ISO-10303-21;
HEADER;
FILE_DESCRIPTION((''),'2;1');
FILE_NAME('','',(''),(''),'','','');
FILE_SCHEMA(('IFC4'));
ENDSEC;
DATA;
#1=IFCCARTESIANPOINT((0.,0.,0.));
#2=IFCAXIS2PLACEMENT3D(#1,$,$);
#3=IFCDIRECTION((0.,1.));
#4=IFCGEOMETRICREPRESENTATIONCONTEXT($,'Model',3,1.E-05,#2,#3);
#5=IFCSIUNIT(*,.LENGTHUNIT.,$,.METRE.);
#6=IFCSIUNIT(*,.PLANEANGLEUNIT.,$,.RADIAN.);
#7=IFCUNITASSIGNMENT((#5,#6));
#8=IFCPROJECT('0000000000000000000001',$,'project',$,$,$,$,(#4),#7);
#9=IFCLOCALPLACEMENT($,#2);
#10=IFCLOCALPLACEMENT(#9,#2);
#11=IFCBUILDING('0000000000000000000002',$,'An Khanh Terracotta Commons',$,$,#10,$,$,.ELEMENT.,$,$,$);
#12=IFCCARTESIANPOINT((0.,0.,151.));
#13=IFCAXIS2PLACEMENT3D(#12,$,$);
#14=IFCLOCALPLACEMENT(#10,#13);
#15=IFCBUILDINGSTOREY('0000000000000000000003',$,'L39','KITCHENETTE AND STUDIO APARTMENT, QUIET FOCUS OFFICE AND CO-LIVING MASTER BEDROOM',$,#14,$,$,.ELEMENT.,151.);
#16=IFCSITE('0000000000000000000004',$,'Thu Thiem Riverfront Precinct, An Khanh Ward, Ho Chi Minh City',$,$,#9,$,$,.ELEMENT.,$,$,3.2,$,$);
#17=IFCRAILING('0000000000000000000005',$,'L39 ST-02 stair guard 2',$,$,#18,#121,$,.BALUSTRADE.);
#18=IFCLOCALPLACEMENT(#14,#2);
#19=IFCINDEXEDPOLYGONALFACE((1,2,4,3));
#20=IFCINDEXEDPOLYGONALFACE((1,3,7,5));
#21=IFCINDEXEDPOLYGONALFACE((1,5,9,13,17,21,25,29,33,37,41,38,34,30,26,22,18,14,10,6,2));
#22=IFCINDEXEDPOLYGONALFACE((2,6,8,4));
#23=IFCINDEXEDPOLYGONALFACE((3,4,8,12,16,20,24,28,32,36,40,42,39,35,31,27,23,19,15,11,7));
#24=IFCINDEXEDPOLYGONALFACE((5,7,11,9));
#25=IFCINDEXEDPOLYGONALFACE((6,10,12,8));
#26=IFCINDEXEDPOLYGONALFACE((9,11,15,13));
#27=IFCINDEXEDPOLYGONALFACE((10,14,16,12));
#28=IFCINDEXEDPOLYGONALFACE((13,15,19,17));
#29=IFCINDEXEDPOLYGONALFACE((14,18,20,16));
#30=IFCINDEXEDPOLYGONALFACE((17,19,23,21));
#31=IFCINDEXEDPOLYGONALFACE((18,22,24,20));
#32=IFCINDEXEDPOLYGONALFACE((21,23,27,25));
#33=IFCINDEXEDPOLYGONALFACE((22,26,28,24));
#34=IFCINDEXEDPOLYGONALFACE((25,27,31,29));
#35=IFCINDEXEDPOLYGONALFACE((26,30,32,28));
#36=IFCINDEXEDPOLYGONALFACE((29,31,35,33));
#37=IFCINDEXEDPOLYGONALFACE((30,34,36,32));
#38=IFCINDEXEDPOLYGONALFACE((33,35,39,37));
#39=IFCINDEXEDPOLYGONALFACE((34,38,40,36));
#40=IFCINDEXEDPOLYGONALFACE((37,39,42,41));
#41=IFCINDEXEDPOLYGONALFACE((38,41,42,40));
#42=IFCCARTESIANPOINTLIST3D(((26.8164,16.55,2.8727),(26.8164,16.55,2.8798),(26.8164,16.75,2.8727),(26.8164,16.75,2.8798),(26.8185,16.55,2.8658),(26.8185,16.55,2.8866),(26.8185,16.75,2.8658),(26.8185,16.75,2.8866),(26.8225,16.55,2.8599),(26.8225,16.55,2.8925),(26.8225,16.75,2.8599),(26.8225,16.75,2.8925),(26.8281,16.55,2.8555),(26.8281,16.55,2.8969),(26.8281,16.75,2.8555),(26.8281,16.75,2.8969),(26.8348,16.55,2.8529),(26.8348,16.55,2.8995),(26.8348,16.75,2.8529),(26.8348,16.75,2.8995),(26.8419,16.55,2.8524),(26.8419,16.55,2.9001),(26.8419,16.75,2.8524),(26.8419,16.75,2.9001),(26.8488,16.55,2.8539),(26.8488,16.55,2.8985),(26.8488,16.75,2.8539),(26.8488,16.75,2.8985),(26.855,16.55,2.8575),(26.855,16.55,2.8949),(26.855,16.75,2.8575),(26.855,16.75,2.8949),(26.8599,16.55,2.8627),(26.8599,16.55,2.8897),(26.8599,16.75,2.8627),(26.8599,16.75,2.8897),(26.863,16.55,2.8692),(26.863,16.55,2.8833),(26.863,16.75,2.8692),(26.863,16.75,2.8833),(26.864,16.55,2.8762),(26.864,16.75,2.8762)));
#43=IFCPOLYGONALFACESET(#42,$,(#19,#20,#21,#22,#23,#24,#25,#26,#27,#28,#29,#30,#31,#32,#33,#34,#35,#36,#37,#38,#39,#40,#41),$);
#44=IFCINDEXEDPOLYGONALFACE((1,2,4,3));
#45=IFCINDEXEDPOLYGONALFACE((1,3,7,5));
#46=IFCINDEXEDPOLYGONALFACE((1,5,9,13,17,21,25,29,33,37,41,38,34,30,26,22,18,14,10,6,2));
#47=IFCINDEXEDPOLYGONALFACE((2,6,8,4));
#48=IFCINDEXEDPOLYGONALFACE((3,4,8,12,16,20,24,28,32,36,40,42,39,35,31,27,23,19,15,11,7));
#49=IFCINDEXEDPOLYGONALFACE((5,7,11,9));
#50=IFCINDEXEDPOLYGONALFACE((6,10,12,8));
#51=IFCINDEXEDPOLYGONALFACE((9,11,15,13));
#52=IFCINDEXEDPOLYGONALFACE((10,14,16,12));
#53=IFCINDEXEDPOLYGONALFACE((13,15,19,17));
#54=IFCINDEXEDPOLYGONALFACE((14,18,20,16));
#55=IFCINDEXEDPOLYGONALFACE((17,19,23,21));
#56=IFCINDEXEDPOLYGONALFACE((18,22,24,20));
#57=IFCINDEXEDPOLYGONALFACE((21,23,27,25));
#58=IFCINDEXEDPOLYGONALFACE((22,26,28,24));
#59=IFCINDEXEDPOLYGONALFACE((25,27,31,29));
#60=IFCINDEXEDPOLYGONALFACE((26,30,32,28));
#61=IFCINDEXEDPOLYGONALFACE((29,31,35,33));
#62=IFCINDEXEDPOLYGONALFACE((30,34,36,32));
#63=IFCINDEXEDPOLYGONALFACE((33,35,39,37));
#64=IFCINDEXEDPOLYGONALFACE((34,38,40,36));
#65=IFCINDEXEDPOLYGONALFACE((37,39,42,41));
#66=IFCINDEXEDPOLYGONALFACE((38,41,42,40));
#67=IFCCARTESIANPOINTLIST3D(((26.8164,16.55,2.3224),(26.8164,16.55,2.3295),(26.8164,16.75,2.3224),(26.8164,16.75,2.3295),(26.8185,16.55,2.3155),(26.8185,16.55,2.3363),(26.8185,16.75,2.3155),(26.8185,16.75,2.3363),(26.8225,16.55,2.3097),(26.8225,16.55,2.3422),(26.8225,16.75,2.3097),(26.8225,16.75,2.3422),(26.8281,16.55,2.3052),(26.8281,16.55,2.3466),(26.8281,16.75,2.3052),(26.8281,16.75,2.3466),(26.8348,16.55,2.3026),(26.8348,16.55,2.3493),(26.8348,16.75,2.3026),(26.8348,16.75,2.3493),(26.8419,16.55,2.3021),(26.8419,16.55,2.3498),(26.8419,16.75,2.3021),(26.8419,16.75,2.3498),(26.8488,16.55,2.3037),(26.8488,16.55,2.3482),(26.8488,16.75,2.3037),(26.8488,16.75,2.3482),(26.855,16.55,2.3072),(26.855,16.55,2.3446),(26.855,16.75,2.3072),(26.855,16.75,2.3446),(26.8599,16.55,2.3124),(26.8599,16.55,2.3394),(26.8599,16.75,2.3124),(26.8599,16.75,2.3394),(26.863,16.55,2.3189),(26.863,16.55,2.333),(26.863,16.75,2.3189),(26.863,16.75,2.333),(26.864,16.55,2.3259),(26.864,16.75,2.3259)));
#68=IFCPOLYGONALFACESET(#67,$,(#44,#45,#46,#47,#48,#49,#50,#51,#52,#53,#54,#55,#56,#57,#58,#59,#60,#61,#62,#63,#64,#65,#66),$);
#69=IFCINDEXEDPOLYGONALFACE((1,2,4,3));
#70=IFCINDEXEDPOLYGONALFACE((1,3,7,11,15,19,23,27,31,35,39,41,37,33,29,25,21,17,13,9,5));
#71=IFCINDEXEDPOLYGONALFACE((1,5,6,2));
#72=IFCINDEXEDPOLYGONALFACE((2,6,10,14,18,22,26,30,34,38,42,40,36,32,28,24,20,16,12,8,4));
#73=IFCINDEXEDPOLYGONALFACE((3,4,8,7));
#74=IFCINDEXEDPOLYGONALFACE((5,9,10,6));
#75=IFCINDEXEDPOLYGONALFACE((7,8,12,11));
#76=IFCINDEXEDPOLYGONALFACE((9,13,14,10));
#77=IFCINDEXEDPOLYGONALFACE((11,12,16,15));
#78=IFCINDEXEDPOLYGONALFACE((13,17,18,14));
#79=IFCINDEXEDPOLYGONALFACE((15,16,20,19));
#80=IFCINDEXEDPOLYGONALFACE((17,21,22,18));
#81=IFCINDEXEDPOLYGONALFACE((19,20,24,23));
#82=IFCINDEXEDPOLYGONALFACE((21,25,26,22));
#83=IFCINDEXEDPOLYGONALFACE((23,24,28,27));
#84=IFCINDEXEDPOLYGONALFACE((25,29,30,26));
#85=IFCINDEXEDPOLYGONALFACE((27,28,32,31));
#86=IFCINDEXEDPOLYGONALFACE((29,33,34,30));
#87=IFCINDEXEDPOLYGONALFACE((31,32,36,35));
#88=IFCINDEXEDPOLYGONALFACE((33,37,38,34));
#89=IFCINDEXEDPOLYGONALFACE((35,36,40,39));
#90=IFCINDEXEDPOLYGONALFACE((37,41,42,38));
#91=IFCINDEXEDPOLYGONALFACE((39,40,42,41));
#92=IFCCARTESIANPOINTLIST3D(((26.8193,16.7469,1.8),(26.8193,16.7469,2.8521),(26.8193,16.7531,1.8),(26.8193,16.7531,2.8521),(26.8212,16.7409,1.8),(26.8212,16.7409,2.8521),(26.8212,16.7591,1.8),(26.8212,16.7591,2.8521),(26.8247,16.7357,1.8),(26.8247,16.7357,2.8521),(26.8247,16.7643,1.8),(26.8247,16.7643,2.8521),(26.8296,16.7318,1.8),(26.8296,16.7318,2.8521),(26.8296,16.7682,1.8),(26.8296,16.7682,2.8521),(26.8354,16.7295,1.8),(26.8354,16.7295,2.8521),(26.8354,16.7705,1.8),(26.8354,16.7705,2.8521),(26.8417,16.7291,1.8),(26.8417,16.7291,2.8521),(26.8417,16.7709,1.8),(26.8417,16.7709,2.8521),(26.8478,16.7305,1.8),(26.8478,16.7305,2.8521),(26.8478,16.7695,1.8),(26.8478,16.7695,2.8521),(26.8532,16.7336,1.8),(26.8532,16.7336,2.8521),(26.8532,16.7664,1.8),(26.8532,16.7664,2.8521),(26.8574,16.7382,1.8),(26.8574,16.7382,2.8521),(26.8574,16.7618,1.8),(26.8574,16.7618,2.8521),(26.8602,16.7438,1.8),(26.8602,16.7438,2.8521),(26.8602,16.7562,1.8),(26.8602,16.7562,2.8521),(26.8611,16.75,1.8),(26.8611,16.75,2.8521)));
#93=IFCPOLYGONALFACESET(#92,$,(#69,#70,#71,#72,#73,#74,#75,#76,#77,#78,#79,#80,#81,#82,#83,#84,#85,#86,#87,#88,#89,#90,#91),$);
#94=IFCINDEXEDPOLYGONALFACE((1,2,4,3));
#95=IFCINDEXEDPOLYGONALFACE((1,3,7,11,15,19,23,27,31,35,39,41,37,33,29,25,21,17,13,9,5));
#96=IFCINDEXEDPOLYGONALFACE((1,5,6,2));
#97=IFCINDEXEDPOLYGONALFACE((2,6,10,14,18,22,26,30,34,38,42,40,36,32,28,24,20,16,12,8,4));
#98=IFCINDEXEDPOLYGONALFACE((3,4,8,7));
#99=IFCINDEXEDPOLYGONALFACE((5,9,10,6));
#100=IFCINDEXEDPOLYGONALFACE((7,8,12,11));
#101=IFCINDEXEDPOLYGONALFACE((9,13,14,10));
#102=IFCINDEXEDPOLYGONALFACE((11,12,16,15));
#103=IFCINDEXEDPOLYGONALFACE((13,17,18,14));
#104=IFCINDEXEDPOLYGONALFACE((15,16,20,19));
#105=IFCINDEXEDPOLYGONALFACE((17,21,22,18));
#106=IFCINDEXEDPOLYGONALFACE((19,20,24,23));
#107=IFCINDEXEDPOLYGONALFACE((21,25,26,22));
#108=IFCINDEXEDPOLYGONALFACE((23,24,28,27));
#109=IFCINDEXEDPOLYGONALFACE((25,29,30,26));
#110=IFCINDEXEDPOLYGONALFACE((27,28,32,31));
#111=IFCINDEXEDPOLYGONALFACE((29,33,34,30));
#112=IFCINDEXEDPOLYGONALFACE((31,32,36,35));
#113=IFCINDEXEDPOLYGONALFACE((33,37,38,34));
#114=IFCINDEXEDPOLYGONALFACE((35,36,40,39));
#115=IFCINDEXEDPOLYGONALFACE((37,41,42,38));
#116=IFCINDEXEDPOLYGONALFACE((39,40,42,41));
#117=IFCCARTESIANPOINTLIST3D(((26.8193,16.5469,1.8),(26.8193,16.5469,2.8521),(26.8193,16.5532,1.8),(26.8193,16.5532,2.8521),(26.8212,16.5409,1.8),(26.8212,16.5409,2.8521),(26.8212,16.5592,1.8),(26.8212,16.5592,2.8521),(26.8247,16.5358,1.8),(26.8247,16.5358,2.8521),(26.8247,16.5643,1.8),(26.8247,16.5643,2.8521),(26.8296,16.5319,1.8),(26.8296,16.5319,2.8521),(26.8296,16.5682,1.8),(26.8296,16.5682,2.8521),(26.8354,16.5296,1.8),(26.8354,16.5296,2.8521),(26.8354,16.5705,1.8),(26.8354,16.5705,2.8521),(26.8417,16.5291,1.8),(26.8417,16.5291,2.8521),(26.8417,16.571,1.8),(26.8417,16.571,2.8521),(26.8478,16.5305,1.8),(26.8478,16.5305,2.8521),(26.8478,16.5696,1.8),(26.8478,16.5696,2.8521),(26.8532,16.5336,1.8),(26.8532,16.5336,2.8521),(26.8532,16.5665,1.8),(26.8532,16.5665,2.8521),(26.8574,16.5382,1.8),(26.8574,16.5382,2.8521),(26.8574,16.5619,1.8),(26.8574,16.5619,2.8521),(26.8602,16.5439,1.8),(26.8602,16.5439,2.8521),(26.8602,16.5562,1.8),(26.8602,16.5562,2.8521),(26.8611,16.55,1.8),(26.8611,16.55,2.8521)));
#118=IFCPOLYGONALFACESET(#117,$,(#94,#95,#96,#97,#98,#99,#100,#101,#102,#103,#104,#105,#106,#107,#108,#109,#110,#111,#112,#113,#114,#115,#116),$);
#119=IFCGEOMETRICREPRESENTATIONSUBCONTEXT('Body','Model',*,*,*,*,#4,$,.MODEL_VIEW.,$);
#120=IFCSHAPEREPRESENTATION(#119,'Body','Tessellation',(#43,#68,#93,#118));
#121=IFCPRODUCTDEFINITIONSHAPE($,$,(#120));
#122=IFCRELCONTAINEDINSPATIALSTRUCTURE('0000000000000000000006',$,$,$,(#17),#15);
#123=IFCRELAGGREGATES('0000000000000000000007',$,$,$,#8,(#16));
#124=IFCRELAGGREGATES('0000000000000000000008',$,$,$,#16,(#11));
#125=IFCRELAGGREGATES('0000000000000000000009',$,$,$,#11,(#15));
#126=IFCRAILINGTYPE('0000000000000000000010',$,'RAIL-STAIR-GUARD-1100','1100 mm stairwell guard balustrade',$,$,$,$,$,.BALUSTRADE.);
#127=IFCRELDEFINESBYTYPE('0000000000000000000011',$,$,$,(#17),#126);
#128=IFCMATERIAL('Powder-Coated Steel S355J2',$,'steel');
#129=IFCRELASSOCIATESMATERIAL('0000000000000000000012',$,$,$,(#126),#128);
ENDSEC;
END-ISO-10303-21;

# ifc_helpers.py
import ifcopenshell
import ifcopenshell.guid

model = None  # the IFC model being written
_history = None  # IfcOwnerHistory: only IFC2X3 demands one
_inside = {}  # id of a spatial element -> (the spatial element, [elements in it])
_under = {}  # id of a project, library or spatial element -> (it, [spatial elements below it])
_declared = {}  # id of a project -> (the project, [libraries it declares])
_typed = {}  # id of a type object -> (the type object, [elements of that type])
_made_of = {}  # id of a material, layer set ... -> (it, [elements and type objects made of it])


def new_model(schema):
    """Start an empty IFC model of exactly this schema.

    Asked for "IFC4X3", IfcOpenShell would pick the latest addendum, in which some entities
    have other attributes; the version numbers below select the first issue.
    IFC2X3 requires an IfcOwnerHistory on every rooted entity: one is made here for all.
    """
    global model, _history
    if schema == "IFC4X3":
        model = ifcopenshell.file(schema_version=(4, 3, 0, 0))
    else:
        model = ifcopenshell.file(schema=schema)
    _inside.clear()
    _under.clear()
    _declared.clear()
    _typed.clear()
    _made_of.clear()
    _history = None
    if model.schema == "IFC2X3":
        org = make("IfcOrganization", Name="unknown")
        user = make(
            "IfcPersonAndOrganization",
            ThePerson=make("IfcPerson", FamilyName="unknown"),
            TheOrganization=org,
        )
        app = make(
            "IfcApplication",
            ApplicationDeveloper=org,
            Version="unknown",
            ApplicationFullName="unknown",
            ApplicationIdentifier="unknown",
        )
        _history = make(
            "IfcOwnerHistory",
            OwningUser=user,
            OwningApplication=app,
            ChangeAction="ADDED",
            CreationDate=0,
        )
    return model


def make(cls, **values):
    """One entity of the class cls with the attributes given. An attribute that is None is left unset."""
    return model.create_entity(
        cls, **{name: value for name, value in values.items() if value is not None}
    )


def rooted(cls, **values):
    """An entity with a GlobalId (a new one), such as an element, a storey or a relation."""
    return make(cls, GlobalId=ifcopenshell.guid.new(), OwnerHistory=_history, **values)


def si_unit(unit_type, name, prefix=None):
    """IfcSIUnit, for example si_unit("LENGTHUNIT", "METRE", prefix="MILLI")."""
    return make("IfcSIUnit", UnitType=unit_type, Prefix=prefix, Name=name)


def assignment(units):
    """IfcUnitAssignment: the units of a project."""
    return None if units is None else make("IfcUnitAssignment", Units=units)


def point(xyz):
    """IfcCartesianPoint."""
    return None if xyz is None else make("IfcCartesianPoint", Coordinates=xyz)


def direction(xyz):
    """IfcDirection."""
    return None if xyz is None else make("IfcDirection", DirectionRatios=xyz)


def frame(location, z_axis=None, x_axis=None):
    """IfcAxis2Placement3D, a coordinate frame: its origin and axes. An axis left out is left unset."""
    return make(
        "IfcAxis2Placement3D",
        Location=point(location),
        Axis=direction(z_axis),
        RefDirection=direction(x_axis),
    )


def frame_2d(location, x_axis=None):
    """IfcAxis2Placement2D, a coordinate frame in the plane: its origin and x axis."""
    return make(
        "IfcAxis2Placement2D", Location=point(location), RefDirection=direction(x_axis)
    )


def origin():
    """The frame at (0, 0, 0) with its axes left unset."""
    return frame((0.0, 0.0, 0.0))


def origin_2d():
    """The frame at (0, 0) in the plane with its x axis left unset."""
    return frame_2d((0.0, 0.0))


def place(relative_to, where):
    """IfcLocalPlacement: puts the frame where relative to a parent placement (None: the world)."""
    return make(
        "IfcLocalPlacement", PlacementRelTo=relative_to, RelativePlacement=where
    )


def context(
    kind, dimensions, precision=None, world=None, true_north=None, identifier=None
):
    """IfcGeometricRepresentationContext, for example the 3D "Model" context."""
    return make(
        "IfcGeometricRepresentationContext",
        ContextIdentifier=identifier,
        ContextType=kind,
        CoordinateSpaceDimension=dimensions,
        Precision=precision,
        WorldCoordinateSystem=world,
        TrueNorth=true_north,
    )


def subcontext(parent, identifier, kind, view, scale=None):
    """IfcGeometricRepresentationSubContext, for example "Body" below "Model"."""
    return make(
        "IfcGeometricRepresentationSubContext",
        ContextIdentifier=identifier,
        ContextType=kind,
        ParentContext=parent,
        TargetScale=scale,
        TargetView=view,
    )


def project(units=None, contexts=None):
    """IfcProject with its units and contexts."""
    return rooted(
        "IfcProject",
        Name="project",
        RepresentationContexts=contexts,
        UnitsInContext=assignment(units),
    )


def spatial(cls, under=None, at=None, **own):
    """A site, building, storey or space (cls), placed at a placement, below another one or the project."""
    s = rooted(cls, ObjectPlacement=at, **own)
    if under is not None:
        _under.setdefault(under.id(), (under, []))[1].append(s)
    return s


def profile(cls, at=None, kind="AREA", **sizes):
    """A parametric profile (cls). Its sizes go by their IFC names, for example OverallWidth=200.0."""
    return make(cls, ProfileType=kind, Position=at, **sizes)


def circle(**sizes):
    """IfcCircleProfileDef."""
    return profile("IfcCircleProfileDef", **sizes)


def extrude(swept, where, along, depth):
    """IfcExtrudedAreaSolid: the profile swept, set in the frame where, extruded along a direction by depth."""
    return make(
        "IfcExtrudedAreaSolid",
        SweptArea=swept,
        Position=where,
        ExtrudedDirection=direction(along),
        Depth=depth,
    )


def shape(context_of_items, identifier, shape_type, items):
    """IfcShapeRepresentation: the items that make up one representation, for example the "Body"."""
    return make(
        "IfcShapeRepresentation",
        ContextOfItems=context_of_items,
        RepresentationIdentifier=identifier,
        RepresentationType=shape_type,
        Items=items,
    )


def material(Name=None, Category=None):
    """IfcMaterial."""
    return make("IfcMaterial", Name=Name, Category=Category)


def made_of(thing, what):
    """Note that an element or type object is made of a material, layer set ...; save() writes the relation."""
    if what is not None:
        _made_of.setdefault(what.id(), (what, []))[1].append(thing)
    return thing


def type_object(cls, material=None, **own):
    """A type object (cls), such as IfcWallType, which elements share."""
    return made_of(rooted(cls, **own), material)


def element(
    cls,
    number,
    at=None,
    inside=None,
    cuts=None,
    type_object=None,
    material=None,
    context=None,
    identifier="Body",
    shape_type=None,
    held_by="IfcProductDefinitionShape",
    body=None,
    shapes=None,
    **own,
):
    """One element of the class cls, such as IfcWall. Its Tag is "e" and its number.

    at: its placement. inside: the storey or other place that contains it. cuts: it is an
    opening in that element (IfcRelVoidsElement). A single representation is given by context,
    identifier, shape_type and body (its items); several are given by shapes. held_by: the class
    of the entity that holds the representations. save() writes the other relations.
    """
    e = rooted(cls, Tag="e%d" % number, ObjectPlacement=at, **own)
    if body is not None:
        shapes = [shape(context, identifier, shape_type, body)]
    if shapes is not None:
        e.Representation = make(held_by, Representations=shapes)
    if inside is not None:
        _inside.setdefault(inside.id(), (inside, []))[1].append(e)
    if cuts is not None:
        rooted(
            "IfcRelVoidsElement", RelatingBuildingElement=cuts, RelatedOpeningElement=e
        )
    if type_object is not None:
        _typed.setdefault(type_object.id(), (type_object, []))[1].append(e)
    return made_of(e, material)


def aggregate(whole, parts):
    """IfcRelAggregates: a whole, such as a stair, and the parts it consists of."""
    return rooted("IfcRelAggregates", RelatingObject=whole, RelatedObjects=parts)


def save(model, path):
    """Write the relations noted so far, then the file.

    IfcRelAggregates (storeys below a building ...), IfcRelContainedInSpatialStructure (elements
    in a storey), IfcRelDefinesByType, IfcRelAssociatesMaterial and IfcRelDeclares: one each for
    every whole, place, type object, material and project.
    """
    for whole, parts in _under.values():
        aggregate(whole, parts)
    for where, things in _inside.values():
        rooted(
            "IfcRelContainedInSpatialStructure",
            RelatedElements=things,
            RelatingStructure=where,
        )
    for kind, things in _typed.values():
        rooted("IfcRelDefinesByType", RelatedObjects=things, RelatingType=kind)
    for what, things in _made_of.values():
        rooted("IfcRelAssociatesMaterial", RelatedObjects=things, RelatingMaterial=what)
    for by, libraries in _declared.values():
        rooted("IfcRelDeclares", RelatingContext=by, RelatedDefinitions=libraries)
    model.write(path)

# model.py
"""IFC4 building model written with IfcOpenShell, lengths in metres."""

from ifc_helpers import new_model, si_unit, direction, frame, origin, origin_2d, place, context, subcontext, project, spatial, circle, extrude, material, type_object, element, save


model = new_model("IFC4")

# Units and contexts
model_context = context("Model", 3, precision=1e-05, world=origin(), true_north=direction((0.0, 1.0)))
body_context = subcontext(model_context, "Body", "Model", "MODEL_VIEW")
ifc_project = project(units=[si_unit("LENGTHUNIT", "METRE"), si_unit("PLANEANGLEUNIT", "RADIAN")], contexts=[model_context])

# Site, building, storey
site_placement = place(None, origin())
site = spatial("IfcSite", under=ifc_project, at=site_placement, Name="Thu Thiem Riverfront Precinct, An Khanh Ward, Ho Chi Minh City", CompositionType="ELEMENT", RefElevation=3.2)
building_placement = place(site_placement, origin())
building = spatial("IfcBuilding", under=site, at=building_placement, Name="An Khanh Terracotta Commons", CompositionType="ELEMENT")
storey_placement = place(building_placement, frame((0.0, 0.0, 151.0)))
storey = spatial("IfcBuildingStorey", under=building, at=storey_placement, Name="L39", Description="KITCHENETTE AND STUDIO APARTMENT, QUIET FOCUS OFFICE AND CO-LIVING MASTER BEDROOM", CompositionType="ELEMENT", Elevation=151.0)

# Railing
ifc_material_1 = material(Name="Powder-Coated Steel S355J2", Category="steel")
railing_type_1 = type_object("IfcRailingType", Name="RAIL-STAIR-GUARD-1100", Description="1100 mm stairwell guard balustrade", PredefinedType="BALUSTRADE", material=ifc_material_1)
railing_1_placement = place(storey_placement, frame((26.8401, 16.75, 1.8)))
element("IfcRailing", 1, at=railing_1_placement, inside=storey, type_object=railing_type_1, Name="L39 ST-02 stair guard 2", PredefinedType="BALUSTRADE", context=body_context, shape_type="SweptSolid", body=[
    extrude(circle(Radius=0.0239, at=origin_2d()), frame((0.0, 0.0, 1.0762), z_axis=(0.0, -1.0, 0.0), x_axis=(1.0, 0.0, 0.0)), (0.0, 0.0, 1.0), 0.2),
    extrude(circle(Radius=0.0239, at=origin_2d()), frame((0.0, 0.0, 0.5259), z_axis=(0.0, -1.0, 0.0), x_axis=(1.0, 0.0, 0.0)), (0.0, 0.0, 1.0), 0.2),
    extrude(circle(Radius=0.021, at=origin_2d()), origin(), (0.0, 0.0, 1.0), 1.052),
    extrude(circle(Radius=0.021, at=origin_2d()), frame((0.0, -0.2, 0.0)), (0.0, 0.0, 1.0), 1.052),
])

save(model, "model.ifc")
